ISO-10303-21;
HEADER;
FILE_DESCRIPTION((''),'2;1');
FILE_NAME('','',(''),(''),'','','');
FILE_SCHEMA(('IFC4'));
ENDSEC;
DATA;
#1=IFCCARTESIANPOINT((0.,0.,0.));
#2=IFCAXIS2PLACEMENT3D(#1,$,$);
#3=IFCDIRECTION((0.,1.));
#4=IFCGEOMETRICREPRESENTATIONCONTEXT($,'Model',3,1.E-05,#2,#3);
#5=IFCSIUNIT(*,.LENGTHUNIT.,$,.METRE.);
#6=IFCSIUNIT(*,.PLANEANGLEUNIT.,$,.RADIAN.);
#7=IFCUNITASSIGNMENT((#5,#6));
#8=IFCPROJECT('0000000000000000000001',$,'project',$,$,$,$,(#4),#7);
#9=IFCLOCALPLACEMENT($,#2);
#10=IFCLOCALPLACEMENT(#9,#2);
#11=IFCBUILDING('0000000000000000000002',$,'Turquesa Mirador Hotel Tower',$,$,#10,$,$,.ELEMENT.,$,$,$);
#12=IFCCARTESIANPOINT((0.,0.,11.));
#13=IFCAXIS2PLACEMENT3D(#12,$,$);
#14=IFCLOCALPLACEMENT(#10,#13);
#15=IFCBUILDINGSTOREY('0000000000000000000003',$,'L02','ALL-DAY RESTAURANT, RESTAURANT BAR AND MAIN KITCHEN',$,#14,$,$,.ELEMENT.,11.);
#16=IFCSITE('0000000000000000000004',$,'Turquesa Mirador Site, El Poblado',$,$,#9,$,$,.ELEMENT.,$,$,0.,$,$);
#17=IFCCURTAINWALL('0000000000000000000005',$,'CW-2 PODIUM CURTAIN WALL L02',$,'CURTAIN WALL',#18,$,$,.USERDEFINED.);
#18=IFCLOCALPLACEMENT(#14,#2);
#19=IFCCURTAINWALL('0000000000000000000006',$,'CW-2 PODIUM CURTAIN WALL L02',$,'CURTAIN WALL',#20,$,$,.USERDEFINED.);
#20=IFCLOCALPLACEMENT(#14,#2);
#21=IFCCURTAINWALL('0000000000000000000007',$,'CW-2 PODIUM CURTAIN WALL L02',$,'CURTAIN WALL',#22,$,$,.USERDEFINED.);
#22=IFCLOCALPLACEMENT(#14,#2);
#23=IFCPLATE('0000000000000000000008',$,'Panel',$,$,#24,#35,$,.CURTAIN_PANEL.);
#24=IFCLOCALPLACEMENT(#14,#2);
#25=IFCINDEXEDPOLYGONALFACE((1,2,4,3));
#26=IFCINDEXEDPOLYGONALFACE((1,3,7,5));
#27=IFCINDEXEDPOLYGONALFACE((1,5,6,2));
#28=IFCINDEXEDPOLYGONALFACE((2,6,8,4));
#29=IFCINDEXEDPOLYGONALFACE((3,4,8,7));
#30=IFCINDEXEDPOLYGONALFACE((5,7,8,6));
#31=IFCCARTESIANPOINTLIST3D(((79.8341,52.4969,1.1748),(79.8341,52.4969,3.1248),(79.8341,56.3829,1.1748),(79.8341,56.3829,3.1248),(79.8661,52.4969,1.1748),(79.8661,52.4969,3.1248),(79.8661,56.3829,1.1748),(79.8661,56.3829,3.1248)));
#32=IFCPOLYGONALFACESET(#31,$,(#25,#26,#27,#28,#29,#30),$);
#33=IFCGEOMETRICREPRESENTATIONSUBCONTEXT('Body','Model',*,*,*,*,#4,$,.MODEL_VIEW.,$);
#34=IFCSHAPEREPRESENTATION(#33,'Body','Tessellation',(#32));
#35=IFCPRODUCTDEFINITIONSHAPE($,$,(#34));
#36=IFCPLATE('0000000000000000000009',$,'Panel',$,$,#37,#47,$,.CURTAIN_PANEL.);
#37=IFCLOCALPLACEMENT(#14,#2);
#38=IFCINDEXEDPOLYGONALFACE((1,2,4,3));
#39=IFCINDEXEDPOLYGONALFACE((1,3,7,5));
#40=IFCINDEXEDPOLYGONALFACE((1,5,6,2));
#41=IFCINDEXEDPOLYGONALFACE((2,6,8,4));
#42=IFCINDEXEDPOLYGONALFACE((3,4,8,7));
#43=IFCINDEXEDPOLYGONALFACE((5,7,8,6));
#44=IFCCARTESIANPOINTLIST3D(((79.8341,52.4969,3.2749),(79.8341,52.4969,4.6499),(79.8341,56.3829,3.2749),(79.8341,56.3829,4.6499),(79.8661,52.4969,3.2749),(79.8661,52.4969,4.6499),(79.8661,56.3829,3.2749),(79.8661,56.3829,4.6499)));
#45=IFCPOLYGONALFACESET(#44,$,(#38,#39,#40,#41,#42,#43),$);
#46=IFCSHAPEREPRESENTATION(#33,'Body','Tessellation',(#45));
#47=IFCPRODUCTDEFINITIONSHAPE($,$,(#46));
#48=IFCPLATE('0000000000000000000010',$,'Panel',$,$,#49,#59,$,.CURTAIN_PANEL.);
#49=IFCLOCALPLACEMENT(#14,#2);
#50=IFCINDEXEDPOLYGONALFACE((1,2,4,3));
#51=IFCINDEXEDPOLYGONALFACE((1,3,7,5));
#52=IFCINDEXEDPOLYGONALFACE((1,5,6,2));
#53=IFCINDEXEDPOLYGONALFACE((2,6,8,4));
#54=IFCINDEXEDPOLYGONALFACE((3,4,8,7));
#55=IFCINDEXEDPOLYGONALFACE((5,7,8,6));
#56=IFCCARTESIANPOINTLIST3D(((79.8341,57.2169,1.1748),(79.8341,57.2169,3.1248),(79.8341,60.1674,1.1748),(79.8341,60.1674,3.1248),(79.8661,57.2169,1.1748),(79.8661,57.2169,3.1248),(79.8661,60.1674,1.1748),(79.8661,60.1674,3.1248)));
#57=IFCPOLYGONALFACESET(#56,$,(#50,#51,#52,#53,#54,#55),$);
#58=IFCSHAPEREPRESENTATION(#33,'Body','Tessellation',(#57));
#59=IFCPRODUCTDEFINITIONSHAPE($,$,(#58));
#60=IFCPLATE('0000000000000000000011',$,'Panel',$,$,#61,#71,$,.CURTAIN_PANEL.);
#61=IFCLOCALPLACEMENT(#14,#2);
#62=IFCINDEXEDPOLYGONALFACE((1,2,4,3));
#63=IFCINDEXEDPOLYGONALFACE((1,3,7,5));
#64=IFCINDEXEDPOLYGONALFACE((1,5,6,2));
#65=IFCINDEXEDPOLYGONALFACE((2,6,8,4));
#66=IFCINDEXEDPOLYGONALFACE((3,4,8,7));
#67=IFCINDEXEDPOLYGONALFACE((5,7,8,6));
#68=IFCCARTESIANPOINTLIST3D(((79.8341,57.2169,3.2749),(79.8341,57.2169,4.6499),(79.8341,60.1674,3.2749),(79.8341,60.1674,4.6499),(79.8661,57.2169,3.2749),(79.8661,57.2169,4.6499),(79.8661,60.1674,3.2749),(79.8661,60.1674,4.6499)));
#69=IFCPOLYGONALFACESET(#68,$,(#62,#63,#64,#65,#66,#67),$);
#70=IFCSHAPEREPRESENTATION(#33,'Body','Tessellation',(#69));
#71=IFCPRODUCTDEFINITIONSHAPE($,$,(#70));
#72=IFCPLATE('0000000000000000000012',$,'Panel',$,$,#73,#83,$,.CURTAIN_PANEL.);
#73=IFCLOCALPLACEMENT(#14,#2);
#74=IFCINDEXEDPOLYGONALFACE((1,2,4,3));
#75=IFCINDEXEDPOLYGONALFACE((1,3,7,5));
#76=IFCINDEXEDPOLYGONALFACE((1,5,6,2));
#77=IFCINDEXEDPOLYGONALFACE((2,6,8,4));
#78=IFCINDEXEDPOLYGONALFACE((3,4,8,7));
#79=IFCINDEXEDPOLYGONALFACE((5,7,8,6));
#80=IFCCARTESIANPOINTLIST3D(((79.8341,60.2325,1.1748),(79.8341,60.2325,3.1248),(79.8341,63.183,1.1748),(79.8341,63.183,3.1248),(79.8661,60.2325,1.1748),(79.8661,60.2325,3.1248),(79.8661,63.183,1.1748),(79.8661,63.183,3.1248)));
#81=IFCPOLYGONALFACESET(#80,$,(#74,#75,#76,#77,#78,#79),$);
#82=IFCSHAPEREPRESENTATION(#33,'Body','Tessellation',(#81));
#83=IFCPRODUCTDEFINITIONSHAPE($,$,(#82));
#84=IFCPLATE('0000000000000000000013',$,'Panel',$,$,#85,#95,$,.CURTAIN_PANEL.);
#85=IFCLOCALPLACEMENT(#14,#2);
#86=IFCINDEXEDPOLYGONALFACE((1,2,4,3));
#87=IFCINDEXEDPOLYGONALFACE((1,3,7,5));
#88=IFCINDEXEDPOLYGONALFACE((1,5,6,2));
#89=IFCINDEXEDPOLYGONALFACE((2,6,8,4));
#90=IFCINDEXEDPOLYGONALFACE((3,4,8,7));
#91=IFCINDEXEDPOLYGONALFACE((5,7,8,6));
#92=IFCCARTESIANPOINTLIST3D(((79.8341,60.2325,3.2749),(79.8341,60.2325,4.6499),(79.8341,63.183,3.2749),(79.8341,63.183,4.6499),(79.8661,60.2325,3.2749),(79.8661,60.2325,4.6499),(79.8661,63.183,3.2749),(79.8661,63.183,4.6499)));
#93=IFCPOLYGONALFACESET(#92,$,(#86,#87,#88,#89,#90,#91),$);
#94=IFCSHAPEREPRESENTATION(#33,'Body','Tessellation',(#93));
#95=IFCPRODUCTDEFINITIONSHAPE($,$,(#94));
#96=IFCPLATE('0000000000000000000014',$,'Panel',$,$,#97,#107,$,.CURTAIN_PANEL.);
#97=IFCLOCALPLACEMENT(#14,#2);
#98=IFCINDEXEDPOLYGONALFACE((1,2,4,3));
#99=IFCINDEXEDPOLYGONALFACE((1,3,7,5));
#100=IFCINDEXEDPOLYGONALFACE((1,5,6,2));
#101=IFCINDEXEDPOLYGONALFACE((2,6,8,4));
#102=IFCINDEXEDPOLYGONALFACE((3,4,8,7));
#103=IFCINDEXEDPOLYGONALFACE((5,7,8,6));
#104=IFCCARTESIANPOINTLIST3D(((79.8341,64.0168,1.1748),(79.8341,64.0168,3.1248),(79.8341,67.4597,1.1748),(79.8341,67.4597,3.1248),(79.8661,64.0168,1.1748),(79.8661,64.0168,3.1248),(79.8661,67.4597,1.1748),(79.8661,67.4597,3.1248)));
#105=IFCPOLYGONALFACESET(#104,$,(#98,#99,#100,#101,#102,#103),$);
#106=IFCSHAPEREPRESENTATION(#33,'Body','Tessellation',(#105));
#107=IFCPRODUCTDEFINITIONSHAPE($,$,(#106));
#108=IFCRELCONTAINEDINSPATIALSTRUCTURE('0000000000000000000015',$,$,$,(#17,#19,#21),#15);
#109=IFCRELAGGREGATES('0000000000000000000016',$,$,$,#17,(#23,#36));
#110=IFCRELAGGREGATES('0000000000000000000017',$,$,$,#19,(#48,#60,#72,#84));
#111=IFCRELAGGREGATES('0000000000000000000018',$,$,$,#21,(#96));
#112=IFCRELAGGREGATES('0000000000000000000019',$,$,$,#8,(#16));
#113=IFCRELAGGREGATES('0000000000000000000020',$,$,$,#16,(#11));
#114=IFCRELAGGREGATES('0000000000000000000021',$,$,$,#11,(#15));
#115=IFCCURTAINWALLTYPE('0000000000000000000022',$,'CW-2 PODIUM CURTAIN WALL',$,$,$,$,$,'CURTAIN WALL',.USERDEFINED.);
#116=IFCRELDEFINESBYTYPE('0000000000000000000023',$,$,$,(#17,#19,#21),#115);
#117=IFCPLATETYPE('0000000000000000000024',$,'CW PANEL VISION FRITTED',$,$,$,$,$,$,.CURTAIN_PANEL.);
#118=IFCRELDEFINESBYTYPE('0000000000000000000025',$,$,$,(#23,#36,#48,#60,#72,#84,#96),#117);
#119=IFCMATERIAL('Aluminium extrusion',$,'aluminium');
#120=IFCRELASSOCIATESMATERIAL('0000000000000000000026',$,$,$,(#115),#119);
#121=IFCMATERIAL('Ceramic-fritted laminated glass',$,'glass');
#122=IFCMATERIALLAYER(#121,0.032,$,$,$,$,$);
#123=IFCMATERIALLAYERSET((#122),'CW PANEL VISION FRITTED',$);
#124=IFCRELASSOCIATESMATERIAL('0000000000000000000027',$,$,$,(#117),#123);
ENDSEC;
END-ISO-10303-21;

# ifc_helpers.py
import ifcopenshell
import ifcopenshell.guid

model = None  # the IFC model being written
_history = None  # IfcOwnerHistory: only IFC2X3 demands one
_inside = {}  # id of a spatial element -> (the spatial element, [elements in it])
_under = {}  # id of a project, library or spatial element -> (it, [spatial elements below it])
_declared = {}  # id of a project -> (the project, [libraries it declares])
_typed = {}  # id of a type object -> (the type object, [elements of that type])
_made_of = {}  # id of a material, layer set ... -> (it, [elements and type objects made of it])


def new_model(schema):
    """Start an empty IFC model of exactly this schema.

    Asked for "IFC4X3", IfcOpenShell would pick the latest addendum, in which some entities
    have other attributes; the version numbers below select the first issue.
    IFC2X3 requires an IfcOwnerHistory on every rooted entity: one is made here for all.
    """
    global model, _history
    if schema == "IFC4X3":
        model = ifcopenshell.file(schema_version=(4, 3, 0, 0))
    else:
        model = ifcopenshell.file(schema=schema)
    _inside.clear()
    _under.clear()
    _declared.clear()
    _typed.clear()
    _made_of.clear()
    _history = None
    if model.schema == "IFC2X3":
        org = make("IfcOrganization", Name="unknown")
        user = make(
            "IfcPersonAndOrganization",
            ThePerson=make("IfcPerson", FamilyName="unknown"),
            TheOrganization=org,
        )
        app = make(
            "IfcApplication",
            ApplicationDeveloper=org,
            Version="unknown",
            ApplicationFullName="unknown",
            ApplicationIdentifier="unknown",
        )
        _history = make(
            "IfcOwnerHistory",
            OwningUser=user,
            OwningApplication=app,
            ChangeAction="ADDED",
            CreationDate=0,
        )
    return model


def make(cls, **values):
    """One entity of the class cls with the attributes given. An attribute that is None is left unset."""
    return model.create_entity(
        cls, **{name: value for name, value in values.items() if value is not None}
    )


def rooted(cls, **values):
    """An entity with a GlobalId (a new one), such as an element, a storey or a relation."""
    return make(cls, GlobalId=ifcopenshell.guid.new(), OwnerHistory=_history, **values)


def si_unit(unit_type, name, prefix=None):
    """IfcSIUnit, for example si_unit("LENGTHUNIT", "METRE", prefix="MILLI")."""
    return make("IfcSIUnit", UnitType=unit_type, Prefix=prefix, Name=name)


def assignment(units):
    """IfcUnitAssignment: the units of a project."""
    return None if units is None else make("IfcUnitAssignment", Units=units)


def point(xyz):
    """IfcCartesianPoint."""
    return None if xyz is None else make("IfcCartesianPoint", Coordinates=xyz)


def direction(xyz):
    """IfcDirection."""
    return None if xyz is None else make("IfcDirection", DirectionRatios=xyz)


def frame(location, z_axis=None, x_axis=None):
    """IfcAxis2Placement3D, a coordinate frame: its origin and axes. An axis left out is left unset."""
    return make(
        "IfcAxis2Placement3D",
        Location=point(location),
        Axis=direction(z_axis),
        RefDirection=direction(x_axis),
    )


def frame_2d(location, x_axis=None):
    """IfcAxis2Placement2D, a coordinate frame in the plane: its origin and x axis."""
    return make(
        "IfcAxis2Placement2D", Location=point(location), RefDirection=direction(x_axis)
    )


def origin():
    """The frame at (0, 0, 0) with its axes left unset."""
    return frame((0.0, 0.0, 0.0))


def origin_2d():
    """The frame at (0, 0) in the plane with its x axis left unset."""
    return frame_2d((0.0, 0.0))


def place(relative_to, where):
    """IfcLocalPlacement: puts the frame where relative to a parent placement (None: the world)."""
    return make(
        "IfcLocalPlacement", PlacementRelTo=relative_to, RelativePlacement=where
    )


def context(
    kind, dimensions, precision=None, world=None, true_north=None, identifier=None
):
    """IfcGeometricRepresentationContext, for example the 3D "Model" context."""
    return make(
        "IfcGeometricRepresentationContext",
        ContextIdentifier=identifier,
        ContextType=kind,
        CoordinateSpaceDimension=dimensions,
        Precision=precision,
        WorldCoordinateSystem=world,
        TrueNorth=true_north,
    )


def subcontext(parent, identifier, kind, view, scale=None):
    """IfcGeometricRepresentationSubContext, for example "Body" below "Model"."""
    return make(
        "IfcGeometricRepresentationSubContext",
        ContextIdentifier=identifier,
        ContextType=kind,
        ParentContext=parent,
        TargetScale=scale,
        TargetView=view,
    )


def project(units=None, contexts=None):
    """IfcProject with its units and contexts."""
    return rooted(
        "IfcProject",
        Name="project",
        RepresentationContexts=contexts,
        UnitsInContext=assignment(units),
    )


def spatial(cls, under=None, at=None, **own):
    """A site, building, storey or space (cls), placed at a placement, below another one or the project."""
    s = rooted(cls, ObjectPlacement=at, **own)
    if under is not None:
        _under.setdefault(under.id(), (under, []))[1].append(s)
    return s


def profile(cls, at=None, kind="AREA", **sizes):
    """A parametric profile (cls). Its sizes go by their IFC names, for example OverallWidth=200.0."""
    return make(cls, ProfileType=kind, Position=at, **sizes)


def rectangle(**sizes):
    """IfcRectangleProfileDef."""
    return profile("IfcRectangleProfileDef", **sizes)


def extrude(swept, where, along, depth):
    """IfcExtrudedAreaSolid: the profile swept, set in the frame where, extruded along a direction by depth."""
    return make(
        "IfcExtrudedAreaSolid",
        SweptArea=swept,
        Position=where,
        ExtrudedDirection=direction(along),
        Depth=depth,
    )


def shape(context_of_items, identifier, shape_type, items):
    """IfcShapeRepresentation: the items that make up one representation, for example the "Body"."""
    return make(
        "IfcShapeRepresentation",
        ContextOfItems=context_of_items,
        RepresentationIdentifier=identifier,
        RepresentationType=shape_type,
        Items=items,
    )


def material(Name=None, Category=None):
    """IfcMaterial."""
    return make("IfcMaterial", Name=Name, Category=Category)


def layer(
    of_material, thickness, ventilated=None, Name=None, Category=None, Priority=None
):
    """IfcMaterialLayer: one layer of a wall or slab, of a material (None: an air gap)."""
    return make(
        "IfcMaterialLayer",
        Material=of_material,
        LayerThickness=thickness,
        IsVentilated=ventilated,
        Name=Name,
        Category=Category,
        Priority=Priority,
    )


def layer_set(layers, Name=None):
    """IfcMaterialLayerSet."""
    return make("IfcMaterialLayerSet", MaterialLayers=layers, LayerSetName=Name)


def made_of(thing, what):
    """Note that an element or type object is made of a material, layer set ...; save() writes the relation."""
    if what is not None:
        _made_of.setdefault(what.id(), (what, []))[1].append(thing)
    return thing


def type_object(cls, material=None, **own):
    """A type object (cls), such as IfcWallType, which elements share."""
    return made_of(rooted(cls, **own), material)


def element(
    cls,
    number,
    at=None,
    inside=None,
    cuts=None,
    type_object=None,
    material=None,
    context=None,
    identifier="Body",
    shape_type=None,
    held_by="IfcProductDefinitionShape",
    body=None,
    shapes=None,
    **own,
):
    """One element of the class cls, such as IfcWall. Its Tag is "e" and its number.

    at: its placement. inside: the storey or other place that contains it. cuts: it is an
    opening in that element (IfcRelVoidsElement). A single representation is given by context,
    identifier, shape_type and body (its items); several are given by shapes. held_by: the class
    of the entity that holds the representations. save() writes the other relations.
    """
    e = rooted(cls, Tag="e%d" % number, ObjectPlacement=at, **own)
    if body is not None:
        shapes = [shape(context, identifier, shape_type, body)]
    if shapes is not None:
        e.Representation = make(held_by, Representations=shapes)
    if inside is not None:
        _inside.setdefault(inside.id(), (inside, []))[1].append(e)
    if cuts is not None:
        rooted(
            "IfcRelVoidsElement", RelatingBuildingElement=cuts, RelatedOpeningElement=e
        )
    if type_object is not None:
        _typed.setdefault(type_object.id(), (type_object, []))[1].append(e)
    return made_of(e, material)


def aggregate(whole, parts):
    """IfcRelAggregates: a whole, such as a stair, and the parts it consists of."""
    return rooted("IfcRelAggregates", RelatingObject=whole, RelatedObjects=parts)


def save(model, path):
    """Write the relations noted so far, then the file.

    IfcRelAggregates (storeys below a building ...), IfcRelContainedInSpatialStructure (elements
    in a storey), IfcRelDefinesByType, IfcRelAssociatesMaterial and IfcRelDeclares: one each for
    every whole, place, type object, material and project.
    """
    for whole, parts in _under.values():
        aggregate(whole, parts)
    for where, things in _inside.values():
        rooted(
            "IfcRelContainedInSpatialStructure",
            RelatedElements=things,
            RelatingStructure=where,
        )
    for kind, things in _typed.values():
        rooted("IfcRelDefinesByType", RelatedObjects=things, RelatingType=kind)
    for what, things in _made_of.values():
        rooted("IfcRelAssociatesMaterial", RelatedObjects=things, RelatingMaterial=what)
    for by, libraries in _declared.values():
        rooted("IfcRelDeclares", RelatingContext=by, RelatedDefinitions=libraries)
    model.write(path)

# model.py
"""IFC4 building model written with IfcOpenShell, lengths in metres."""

from ifc_helpers import new_model, si_unit, direction, frame, origin, origin_2d, place, context, subcontext, project, spatial, rectangle, extrude, material, layer, layer_set, type_object, element, aggregate, save


model = new_model("IFC4")

# Units and contexts
model_context = context("Model", 3, precision=1e-05, world=origin(), true_north=direction((0.0, 1.0)))
body_context = subcontext(model_context, "Body", "Model", "MODEL_VIEW")
ifc_project = project(units=[si_unit("LENGTHUNIT", "METRE"), si_unit("PLANEANGLEUNIT", "RADIAN")], contexts=[model_context])

# Site, building, storey
site_placement = place(None, origin())
site = spatial("IfcSite", under=ifc_project, at=site_placement, Name="Turquesa Mirador Site, El Poblado", CompositionType="ELEMENT", RefElevation=0.0)
building_placement = place(site_placement, origin())
building = spatial("IfcBuilding", under=site, at=building_placement, Name="Turquesa Mirador Hotel Tower", CompositionType="ELEMENT")
storey_placement = place(building_placement, frame((0.0, 0.0, 11.0)))
storey = spatial("IfcBuildingStorey", under=building, at=storey_placement, Name="L02", Description="ALL-DAY RESTAURANT, RESTAURANT BAR AND MAIN KITCHEN", CompositionType="ELEMENT", Elevation=11.0)

# Shared definitions
ifc_material_1 = material(Name="Aluminium extrusion", Category="aluminium")
curtain_wall_type = type_object("IfcCurtainWallType", Name="CW-2 PODIUM CURTAIN WALL", ElementType="CURTAIN WALL", PredefinedType="USERDEFINED", material=ifc_material_1)

# Curtain walls
curtain_wall_1_placement = place(storey_placement, origin())
curtain_wall_1 = element("IfcCurtainWall", 1, at=curtain_wall_1_placement, inside=storey, type_object=curtain_wall_type, Name="CW-2 PODIUM CURTAIN WALL L02", ObjectType="CURTAIN WALL", PredefinedType="USERDEFINED")
curtain_wall_2_placement = place(storey_placement, origin())
curtain_wall_2 = element("IfcCurtainWall", 2, at=curtain_wall_2_placement, inside=storey, type_object=curtain_wall_type, Name="CW-2 PODIUM CURTAIN WALL L02", ObjectType="CURTAIN WALL", PredefinedType="USERDEFINED")

# Curtain wall
curtain_wall_3_placement = place(storey_placement, origin())
curtain_wall_3 = element("IfcCurtainWall", 3, at=curtain_wall_3_placement, inside=storey, type_object=curtain_wall_type, Name="CW-2 PODIUM CURTAIN WALL L02", ObjectType="CURTAIN WALL", PredefinedType="USERDEFINED")

# Plates
ifc_material_2 = material(Name="Ceramic-fritted laminated glass", Category="glass")
ifc_layer_1 = layer(ifc_material_2, 0.032)
ifc_layer_set_1 = layer_set([ifc_layer_1], Name="CW PANEL VISION FRITTED")
plate_type_1 = type_object("IfcPlateType", Name="CW PANEL VISION FRITTED", PredefinedType="CURTAIN_PANEL", material=ifc_layer_set_1)
plate_1_placement = place(storey_placement, frame((79.8501, 54.4399, 1.1748), z_axis=(0.0, 0.0, 1.0), x_axis=(0.0, 1.0, 0.0)))
plate_1 = element("IfcPlate", 4, at=plate_1_placement, type_object=plate_type_1, Name="Panel", PredefinedType="CURTAIN_PANEL", context=body_context, shape_type="SweptSolid", body=[
    extrude(rectangle(XDim=3.886, YDim=0.032, at=origin_2d()), origin(), (0.0, 0.0, 1.0), 1.95),
])
plate_2_placement = place(storey_placement, frame((79.8501, 54.4399, 3.2749), z_axis=(0.0, 0.0, 1.0), x_axis=(0.0, 1.0, 0.0)))
plate_2 = element("IfcPlate", 5, at=plate_2_placement, type_object=plate_type_1, Name="Panel", PredefinedType="CURTAIN_PANEL", context=body_context, shape_type="SweptSolid", body=[
    extrude(rectangle(XDim=3.886, YDim=0.032, at=origin_2d()), origin(), (0.0, 0.0, 1.0), 1.375),
])
aggregate(curtain_wall_1, [plate_1, plate_2])
plate_3_placement = place(storey_placement, frame((79.8501, 58.6921, 1.1748), z_axis=(0.0, 0.0, 1.0), x_axis=(0.0, 1.0, 0.0)))
plate_3 = element("IfcPlate", 6, at=plate_3_placement, type_object=plate_type_1, Name="Panel", PredefinedType="CURTAIN_PANEL", context=body_context, shape_type="SweptSolid", body=[
    extrude(rectangle(XDim=2.9504, YDim=0.032, at=origin_2d()), origin(), (0.0, 0.0, 1.0), 1.95),
])
plate_4_placement = place(storey_placement, frame((79.8501, 58.6921, 3.2749), z_axis=(0.0, 0.0, 1.0), x_axis=(0.0, 1.0, 0.0)))
plate_4 = element("IfcPlate", 7, at=plate_4_placement, type_object=plate_type_1, Name="Panel", PredefinedType="CURTAIN_PANEL", context=body_context, shape_type="SweptSolid", body=[
    extrude(rectangle(XDim=2.9504, YDim=0.032, at=origin_2d()), origin(), (0.0, 0.0, 1.0), 1.375),
])
plate_5_placement = place(storey_placement, frame((79.8501, 61.7078, 1.1748), z_axis=(0.0, 0.0, 1.0), x_axis=(0.0, 1.0, 0.0)))
plate_5 = element("IfcPlate", 8, at=plate_5_placement, type_object=plate_type_1, Name="Panel", PredefinedType="CURTAIN_PANEL", context=body_context, shape_type="SweptSolid", body=[
    extrude(rectangle(XDim=2.9504, YDim=0.032, at=origin_2d()), origin(), (0.0, 0.0, 1.0), 1.95),
])
plate_6_placement = place(storey_placement, frame((79.8501, 61.7078, 3.2749), z_axis=(0.0, 0.0, 1.0), x_axis=(0.0, 1.0, 0.0)))
plate_6 = element("IfcPlate", 9, at=plate_6_placement, type_object=plate_type_1, Name="Panel", PredefinedType="CURTAIN_PANEL", context=body_context, shape_type="SweptSolid", body=[
    extrude(rectangle(XDim=2.9504, YDim=0.032, at=origin_2d()), origin(), (0.0, 0.0, 1.0), 1.375),
])
aggregate(curtain_wall_2, [plate_3, plate_4, plate_5, plate_6])
plate_7_placement = place(storey_placement, frame((79.8501, 65.7383, 1.1748), z_axis=(0.0, 0.0, 1.0), x_axis=(0.0, 1.0, 0.0)))
plate_7 = element("IfcPlate", 10, at=plate_7_placement, type_object=plate_type_1, Name="Panel", PredefinedType="CURTAIN_PANEL", context=body_context, shape_type="SweptSolid", body=[
    extrude(rectangle(XDim=3.4429, YDim=0.032, at=origin_2d()), origin(), (0.0, 0.0, 1.0), 1.95),
])
aggregate(curtain_wall_3, [plate_7])

save(model, "model.ifc")
